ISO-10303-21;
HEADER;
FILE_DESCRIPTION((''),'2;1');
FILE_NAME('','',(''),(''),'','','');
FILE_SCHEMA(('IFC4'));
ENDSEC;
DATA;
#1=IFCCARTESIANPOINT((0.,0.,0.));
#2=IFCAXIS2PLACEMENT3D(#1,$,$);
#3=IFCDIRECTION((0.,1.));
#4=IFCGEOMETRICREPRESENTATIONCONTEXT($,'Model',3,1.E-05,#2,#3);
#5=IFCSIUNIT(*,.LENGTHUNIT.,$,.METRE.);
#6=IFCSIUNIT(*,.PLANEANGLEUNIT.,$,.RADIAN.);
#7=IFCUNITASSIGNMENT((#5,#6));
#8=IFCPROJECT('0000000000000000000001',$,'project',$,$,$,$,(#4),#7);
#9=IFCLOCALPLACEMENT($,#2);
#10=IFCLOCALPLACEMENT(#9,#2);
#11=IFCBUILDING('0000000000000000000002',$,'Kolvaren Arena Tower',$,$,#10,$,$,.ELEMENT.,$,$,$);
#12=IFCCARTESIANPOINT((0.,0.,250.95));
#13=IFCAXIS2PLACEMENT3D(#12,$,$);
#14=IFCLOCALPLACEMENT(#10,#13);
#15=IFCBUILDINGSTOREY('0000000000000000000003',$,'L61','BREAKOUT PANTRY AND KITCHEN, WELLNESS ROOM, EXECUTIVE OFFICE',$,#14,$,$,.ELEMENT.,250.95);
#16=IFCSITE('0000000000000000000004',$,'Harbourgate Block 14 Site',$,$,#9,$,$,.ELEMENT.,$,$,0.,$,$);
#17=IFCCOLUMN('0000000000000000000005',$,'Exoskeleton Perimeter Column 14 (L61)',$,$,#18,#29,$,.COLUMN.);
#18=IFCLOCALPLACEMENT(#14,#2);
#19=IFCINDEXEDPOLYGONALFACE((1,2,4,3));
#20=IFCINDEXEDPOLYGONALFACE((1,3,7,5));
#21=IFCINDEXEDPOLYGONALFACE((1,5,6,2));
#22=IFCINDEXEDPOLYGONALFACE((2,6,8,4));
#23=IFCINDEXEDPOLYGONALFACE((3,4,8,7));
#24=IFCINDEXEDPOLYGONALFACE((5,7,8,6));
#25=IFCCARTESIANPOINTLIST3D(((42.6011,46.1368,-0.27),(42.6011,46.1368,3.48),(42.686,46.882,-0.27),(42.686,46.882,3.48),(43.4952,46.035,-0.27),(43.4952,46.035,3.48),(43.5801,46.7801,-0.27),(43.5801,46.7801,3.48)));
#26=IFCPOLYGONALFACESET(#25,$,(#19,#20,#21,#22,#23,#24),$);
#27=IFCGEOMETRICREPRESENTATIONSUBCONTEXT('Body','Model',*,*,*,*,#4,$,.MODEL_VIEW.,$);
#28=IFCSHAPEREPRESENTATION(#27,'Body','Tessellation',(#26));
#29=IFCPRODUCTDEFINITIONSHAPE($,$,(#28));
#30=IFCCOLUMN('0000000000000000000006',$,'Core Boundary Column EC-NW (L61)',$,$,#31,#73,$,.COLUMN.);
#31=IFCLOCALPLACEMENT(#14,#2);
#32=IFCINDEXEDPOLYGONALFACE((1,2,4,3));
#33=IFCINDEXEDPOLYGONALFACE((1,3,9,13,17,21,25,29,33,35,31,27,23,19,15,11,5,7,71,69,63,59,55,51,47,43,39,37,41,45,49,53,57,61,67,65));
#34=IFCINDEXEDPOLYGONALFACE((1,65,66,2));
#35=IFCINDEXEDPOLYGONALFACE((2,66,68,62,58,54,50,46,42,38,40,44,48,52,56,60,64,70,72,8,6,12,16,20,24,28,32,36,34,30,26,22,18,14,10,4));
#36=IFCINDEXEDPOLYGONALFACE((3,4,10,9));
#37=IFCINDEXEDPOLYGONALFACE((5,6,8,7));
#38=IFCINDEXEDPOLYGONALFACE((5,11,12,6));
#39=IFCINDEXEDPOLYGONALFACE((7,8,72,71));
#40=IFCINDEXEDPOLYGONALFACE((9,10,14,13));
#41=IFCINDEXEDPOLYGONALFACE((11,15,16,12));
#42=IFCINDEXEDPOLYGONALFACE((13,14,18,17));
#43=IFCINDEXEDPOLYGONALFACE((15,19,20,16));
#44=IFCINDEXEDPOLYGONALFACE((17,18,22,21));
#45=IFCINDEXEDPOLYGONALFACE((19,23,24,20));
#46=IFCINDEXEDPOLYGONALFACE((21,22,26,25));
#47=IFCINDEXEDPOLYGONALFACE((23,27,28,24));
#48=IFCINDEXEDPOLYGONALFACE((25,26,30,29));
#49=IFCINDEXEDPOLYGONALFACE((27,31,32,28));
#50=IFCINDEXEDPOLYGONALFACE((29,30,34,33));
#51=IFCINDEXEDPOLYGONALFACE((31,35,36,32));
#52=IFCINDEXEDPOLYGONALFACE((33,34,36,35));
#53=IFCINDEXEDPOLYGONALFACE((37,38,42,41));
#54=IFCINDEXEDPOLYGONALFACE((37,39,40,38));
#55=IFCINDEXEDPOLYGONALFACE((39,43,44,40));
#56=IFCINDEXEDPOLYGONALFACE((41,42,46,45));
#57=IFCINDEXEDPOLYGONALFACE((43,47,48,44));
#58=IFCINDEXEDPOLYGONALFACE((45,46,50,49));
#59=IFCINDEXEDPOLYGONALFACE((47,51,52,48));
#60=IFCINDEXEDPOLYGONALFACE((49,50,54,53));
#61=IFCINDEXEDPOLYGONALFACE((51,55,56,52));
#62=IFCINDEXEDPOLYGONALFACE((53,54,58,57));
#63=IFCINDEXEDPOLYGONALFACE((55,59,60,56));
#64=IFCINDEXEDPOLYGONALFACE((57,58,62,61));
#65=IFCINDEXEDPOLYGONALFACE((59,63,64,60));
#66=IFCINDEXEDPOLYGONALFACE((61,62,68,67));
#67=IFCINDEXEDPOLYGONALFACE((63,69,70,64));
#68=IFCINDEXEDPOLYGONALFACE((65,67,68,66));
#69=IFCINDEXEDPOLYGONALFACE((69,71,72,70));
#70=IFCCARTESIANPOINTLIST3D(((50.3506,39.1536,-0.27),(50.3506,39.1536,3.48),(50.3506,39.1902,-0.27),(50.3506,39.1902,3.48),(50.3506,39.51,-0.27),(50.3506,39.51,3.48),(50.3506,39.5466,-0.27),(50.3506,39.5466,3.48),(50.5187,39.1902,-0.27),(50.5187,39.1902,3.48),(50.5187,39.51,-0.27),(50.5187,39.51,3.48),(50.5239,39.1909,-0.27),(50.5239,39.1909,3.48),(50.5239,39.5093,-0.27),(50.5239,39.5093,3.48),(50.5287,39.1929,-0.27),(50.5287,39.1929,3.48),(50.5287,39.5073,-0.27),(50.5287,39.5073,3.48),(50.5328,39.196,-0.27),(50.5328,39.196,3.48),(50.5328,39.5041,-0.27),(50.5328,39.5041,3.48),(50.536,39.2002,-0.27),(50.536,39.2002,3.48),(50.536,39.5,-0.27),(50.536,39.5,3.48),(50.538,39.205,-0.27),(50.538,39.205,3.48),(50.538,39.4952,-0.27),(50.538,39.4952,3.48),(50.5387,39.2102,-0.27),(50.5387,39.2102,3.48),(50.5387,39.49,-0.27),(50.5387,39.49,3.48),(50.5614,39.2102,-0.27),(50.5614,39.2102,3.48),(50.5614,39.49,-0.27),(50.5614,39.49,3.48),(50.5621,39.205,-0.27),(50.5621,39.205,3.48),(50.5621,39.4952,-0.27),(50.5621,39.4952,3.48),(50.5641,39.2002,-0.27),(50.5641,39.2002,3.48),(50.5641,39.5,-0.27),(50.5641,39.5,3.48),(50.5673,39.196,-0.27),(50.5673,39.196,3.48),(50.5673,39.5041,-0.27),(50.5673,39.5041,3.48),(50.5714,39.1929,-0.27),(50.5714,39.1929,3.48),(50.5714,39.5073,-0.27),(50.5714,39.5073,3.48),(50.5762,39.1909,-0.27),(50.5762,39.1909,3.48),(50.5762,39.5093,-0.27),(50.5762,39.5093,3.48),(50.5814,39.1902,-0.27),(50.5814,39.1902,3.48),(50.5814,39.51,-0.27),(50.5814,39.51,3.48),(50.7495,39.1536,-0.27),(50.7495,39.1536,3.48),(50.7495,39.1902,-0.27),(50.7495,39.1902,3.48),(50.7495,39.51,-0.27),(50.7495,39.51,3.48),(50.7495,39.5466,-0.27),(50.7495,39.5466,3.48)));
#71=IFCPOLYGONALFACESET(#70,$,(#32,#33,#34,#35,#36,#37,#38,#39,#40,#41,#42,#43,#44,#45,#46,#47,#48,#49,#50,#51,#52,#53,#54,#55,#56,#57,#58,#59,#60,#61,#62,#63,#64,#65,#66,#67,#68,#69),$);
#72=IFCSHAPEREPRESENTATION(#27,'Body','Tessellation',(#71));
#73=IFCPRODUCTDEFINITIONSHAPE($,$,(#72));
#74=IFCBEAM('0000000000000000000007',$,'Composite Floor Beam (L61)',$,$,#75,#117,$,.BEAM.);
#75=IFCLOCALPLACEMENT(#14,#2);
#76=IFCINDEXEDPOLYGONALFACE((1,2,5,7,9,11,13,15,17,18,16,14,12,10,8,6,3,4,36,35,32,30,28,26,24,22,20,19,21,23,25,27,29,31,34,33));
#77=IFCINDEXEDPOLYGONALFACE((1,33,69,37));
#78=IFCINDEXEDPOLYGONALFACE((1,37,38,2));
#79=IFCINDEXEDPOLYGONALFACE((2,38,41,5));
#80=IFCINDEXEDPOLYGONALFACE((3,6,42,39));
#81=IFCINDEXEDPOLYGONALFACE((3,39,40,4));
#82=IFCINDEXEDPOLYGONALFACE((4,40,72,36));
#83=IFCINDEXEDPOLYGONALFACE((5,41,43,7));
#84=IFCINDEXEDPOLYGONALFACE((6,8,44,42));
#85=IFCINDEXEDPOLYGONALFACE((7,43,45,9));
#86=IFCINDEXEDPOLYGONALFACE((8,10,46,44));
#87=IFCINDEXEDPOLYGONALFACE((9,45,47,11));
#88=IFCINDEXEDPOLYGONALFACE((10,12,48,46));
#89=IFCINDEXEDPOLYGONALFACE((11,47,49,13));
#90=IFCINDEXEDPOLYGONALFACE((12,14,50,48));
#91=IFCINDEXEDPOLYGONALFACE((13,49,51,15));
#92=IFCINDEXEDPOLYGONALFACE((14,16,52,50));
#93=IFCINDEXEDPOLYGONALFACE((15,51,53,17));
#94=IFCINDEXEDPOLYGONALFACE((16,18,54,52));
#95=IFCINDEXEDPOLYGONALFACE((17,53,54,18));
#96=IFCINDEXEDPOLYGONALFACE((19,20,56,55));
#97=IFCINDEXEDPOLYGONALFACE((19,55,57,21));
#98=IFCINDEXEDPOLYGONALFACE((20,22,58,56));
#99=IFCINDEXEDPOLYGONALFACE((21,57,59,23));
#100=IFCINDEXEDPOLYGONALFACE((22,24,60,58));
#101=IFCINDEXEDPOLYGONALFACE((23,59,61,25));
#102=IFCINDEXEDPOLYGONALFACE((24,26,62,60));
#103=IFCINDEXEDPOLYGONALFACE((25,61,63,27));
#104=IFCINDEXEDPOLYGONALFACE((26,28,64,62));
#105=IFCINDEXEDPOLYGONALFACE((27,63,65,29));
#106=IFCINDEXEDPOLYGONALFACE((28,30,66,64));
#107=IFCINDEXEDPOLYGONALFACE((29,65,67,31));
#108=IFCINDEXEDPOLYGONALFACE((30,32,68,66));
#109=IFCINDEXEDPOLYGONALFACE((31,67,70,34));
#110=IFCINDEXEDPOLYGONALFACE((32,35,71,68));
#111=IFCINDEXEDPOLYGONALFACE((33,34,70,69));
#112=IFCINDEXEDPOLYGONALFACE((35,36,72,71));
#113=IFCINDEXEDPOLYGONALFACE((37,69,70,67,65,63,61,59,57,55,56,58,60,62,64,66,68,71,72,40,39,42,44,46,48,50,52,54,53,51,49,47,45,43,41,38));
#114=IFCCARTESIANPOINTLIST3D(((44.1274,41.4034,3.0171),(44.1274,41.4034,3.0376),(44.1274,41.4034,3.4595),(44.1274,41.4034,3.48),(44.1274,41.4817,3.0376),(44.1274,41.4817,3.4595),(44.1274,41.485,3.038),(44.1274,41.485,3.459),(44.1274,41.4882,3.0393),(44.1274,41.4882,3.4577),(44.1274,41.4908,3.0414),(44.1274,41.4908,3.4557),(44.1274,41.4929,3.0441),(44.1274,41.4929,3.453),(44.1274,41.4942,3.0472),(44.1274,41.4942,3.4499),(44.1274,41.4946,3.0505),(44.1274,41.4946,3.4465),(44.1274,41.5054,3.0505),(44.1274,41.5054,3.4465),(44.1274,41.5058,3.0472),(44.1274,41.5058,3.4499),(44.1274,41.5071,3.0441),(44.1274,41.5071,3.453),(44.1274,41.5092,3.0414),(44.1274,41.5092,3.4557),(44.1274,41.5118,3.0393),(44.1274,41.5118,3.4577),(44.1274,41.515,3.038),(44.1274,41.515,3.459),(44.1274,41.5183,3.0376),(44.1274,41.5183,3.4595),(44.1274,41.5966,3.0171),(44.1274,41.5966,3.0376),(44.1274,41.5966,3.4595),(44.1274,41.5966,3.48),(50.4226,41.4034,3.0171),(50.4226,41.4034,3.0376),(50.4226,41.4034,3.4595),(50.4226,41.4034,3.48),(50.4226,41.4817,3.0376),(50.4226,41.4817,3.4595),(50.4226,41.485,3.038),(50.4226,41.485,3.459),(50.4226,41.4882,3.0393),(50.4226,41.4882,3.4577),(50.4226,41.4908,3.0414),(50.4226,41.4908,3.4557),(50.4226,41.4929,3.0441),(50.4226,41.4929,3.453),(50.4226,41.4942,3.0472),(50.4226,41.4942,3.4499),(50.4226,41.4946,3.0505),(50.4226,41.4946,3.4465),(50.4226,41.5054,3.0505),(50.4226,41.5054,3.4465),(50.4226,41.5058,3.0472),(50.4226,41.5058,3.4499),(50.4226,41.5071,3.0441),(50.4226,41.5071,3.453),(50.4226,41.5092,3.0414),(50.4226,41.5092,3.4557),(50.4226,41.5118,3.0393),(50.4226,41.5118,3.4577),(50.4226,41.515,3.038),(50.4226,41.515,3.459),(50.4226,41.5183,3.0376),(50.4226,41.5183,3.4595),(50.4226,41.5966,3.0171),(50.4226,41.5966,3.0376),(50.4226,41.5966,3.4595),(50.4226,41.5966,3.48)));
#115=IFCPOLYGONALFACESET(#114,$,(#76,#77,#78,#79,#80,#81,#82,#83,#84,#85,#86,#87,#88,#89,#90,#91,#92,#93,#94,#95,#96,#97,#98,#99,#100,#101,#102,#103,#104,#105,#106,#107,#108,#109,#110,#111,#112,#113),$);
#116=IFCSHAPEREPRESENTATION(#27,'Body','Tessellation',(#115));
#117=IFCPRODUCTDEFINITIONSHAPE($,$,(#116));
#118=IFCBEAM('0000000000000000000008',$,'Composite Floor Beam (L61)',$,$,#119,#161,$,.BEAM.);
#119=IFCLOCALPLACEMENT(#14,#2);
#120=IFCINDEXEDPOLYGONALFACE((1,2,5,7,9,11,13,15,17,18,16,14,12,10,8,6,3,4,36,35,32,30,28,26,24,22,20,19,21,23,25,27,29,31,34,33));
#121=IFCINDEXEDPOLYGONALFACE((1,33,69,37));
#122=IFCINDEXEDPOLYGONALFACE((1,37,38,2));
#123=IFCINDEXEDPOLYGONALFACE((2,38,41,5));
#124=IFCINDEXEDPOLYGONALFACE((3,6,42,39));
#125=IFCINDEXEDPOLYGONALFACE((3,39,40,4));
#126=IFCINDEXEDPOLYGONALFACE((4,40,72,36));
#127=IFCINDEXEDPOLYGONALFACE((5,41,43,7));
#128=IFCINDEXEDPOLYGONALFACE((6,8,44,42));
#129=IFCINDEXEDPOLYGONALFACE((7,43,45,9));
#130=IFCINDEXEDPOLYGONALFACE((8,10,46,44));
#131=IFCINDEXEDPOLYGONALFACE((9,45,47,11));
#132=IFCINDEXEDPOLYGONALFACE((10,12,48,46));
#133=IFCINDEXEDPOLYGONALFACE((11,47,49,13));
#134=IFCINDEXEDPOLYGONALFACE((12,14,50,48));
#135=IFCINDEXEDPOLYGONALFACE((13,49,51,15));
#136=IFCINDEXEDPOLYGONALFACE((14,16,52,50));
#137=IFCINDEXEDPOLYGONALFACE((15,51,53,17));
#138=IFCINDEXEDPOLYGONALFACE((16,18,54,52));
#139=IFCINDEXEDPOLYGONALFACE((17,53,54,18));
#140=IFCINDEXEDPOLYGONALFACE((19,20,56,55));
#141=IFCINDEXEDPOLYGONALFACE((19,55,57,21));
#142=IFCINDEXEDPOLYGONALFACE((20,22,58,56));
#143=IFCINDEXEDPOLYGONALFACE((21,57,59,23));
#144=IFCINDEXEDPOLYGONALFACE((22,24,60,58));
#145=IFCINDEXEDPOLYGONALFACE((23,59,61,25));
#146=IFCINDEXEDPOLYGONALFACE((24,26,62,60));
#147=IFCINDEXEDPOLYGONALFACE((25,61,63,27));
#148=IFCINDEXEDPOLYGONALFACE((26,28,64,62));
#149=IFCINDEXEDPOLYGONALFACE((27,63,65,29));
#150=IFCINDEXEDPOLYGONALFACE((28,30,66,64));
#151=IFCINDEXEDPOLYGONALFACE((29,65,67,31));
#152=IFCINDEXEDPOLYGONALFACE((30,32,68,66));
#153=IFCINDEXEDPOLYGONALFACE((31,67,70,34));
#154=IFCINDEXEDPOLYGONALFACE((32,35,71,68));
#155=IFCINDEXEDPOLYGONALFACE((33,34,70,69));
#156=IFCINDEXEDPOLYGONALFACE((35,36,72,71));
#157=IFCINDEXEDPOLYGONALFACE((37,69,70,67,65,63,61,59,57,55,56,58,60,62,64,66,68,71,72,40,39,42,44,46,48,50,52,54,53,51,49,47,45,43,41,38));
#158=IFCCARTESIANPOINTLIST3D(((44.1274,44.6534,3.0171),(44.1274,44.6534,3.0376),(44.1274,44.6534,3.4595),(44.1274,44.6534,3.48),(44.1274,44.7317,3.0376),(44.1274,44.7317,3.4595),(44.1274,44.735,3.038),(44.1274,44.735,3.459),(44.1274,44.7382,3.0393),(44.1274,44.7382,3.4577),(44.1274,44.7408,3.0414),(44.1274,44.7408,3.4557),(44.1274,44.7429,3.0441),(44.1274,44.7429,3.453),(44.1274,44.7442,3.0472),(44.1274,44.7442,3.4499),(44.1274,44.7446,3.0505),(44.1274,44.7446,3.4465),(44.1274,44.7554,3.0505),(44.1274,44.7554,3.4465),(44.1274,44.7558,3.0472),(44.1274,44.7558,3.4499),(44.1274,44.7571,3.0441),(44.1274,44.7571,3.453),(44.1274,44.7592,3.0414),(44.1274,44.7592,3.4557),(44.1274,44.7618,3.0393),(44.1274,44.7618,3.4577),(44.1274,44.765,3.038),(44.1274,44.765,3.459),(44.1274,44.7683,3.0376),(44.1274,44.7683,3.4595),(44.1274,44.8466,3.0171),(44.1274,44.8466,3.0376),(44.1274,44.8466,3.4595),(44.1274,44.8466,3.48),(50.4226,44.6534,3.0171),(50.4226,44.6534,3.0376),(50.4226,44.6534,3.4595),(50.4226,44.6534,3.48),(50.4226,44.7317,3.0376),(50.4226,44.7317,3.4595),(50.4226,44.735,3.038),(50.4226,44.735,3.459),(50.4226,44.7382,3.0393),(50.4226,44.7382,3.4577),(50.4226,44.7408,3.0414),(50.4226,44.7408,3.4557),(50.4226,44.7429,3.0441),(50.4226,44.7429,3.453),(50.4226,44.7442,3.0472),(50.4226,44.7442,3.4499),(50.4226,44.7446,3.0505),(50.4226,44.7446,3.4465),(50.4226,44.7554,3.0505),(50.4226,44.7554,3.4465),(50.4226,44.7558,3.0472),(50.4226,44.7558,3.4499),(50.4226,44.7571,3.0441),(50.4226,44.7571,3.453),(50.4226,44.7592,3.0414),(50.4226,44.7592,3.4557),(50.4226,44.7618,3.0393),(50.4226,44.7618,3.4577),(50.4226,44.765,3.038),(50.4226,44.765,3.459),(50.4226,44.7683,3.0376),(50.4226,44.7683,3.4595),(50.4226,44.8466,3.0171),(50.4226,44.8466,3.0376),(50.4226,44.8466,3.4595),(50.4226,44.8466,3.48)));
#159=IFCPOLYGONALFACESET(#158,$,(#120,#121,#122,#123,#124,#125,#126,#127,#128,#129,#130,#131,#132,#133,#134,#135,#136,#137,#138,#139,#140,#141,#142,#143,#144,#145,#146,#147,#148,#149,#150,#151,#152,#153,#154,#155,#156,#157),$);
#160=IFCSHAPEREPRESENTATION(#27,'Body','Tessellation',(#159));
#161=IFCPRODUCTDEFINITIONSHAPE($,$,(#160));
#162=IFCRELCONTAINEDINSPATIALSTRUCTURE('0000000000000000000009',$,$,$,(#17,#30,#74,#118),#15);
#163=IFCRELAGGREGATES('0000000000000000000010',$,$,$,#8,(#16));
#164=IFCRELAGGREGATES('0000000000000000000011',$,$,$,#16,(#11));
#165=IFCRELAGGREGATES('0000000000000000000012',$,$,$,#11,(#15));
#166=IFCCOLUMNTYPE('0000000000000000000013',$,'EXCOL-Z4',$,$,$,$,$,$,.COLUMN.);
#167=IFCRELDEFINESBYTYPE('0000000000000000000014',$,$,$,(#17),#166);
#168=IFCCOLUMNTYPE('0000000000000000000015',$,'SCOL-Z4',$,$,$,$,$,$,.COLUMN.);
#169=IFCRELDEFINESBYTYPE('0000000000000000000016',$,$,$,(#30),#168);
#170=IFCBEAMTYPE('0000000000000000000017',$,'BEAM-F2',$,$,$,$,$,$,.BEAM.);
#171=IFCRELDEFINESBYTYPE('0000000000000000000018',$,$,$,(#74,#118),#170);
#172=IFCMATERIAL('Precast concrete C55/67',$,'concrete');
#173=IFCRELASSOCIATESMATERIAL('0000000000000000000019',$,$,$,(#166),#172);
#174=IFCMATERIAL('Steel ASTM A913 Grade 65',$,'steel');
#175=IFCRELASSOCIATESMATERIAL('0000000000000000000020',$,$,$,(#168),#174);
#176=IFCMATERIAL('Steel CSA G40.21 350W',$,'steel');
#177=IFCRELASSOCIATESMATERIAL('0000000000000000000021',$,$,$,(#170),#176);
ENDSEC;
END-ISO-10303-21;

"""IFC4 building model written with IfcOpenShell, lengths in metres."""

from ifc_helpers import new_model, si_unit, direction, frame, origin, origin_2d, place, context, subcontext, project, spatial, rectangle, i_section, extrude, material, material_profile, profile_set, type_object, element, save


model = new_model("IFC4")

# Units and contexts
model_context = context("Model", 3, precision=1e-05, world=origin(), true_north=direction((0.0, 1.0)))
body_context = subcontext(model_context, "Body", "Model", "MODEL_VIEW")
ifc_project = project(units=[si_unit("LENGTHUNIT", "METRE"), si_unit("PLANEANGLEUNIT", "RADIAN")], contexts=[model_context])

# Site, building, storey
site_placement = place(None, origin())
site = spatial("IfcSite", under=ifc_project, at=site_placement, Name="Harbourgate Block 14 Site", CompositionType="ELEMENT", RefElevation=0.0)
building_placement = place(site_placement, origin())
building = spatial("IfcBuilding", under=site, at=building_placement, Name="Kolvaren Arena Tower", CompositionType="ELEMENT")
storey_placement = place(building_placement, frame((0.0, 0.0, 250.95)))
storey = spatial("IfcBuildingStorey", under=building, at=storey_placement, Name="L61", Description="BREAKOUT PANTRY AND KITCHEN, WELLNESS ROOM, EXECUTIVE OFFICE", CompositionType="ELEMENT", Elevation=250.95)

# Columns
ifc_material_1 = material(Name="Precast concrete C55/67", Category="concrete")
ifc_material_profile_1 = material_profile(ifc_material_1, rectangle(XDim=0.8999, YDim=0.75, at=origin_2d()), Name="RC-900x750")
ifc_profile_set_1 = profile_set([ifc_material_profile_1], Name="Precast concrete C55/67")
column_type_1 = type_object("IfcColumnType", Name="EXCOL-Z4", PredefinedType="COLUMN", material=ifc_profile_set_1)
column_1_placement = place(storey_placement, frame((43.0906, 46.4585, -0.27), z_axis=(0.0, 0.0, 1.0), x_axis=(0.993572, -0.113203, 0.0)))
element("IfcColumn", 1, at=column_1_placement, inside=storey, type_object=column_type_1, Name="Exoskeleton Perimeter Column 14 (L61)", PredefinedType="COLUMN", context=body_context, shape_type="SweptSolid", body=[
    extrude(rectangle(XDim=0.8999, YDim=0.75, at=origin_2d()), origin(), (0.0, 0.0, 1.0), 3.75),
])
ifc_material_2 = material(Name="Steel ASTM A913 Grade 65", Category="steel")
ifc_material_profile_2 = material_profile(ifc_material_2, i_section(OverallWidth=0.3989, OverallDepth=0.3931, WebThickness=0.0227, FlangeThickness=0.0366, FilletRadius=0.02, at=origin_2d()), Name="W360x287")
ifc_profile_set_2 = profile_set([ifc_material_profile_2], Name="Steel ASTM A913 Grade 65")
column_type_2 = type_object("IfcColumnType", Name="SCOL-Z4", PredefinedType="COLUMN", material=ifc_profile_set_2)
column_2_placement = place(storey_placement, frame((50.55, 39.3501, -0.27), z_axis=(0.0, 0.0, 1.0), x_axis=(1.0, 0.0, 0.0)))
element("IfcColumn", 2, at=column_2_placement, inside=storey, type_object=column_type_2, Name="Core Boundary Column EC-NW (L61)", PredefinedType="COLUMN", context=body_context, shape_type="SweptSolid", body=[
    extrude(i_section(OverallWidth=0.3989, OverallDepth=0.3931, WebThickness=0.0227, FlangeThickness=0.0366, FilletRadius=0.02, at=origin_2d()), origin(), (0.0, 0.0, 1.0), 3.75),
])

# Beams
ifc_material_3 = material(Name="Steel CSA G40.21 350W", Category="steel")
ifc_material_profile_3 = material_profile(ifc_material_3, i_section(OverallWidth=0.1931, OverallDepth=0.4629, WebThickness=0.0107, FlangeThickness=0.0205, FilletRadius=0.0129, at=origin_2d()), Name="W460x113")
ifc_profile_set_3 = profile_set([ifc_material_profile_3], Name="Steel CSA G40.21 350W")
beam_type_1 = type_object("IfcBeamType", Name="BEAM-F2", PredefinedType="BEAM", material=ifc_profile_set_3)
for number, where, z_axis, x_axis, name in (
    (3, (44.1274, 41.5, 3.2485), (1.0, 0.0, 0.0), (0.0, 1.0, 0.0), "Composite Floor Beam (L61)"),
    (4, (44.1274, 44.75, 3.2485), (1.0, 0.0, 0.0), (0.0, 1.0, 0.0), "Composite Floor Beam (L61)"),
):
    element("IfcBeam", number, at=place(storey_placement, frame(where, z_axis=z_axis, x_axis=x_axis)), inside=storey, type_object=beam_type_1, Name=name, PredefinedType="BEAM", context=body_context, shape_type="SweptSolid", body=[
        extrude(i_section(OverallWidth=0.1931, OverallDepth=0.4629, WebThickness=0.0107, FlangeThickness=0.0205, FilletRadius=0.0129, at=origin_2d()), origin(), (0.0, 0.0, 1.0), 6.2952),
    ])

save(model, "model.ifc")
